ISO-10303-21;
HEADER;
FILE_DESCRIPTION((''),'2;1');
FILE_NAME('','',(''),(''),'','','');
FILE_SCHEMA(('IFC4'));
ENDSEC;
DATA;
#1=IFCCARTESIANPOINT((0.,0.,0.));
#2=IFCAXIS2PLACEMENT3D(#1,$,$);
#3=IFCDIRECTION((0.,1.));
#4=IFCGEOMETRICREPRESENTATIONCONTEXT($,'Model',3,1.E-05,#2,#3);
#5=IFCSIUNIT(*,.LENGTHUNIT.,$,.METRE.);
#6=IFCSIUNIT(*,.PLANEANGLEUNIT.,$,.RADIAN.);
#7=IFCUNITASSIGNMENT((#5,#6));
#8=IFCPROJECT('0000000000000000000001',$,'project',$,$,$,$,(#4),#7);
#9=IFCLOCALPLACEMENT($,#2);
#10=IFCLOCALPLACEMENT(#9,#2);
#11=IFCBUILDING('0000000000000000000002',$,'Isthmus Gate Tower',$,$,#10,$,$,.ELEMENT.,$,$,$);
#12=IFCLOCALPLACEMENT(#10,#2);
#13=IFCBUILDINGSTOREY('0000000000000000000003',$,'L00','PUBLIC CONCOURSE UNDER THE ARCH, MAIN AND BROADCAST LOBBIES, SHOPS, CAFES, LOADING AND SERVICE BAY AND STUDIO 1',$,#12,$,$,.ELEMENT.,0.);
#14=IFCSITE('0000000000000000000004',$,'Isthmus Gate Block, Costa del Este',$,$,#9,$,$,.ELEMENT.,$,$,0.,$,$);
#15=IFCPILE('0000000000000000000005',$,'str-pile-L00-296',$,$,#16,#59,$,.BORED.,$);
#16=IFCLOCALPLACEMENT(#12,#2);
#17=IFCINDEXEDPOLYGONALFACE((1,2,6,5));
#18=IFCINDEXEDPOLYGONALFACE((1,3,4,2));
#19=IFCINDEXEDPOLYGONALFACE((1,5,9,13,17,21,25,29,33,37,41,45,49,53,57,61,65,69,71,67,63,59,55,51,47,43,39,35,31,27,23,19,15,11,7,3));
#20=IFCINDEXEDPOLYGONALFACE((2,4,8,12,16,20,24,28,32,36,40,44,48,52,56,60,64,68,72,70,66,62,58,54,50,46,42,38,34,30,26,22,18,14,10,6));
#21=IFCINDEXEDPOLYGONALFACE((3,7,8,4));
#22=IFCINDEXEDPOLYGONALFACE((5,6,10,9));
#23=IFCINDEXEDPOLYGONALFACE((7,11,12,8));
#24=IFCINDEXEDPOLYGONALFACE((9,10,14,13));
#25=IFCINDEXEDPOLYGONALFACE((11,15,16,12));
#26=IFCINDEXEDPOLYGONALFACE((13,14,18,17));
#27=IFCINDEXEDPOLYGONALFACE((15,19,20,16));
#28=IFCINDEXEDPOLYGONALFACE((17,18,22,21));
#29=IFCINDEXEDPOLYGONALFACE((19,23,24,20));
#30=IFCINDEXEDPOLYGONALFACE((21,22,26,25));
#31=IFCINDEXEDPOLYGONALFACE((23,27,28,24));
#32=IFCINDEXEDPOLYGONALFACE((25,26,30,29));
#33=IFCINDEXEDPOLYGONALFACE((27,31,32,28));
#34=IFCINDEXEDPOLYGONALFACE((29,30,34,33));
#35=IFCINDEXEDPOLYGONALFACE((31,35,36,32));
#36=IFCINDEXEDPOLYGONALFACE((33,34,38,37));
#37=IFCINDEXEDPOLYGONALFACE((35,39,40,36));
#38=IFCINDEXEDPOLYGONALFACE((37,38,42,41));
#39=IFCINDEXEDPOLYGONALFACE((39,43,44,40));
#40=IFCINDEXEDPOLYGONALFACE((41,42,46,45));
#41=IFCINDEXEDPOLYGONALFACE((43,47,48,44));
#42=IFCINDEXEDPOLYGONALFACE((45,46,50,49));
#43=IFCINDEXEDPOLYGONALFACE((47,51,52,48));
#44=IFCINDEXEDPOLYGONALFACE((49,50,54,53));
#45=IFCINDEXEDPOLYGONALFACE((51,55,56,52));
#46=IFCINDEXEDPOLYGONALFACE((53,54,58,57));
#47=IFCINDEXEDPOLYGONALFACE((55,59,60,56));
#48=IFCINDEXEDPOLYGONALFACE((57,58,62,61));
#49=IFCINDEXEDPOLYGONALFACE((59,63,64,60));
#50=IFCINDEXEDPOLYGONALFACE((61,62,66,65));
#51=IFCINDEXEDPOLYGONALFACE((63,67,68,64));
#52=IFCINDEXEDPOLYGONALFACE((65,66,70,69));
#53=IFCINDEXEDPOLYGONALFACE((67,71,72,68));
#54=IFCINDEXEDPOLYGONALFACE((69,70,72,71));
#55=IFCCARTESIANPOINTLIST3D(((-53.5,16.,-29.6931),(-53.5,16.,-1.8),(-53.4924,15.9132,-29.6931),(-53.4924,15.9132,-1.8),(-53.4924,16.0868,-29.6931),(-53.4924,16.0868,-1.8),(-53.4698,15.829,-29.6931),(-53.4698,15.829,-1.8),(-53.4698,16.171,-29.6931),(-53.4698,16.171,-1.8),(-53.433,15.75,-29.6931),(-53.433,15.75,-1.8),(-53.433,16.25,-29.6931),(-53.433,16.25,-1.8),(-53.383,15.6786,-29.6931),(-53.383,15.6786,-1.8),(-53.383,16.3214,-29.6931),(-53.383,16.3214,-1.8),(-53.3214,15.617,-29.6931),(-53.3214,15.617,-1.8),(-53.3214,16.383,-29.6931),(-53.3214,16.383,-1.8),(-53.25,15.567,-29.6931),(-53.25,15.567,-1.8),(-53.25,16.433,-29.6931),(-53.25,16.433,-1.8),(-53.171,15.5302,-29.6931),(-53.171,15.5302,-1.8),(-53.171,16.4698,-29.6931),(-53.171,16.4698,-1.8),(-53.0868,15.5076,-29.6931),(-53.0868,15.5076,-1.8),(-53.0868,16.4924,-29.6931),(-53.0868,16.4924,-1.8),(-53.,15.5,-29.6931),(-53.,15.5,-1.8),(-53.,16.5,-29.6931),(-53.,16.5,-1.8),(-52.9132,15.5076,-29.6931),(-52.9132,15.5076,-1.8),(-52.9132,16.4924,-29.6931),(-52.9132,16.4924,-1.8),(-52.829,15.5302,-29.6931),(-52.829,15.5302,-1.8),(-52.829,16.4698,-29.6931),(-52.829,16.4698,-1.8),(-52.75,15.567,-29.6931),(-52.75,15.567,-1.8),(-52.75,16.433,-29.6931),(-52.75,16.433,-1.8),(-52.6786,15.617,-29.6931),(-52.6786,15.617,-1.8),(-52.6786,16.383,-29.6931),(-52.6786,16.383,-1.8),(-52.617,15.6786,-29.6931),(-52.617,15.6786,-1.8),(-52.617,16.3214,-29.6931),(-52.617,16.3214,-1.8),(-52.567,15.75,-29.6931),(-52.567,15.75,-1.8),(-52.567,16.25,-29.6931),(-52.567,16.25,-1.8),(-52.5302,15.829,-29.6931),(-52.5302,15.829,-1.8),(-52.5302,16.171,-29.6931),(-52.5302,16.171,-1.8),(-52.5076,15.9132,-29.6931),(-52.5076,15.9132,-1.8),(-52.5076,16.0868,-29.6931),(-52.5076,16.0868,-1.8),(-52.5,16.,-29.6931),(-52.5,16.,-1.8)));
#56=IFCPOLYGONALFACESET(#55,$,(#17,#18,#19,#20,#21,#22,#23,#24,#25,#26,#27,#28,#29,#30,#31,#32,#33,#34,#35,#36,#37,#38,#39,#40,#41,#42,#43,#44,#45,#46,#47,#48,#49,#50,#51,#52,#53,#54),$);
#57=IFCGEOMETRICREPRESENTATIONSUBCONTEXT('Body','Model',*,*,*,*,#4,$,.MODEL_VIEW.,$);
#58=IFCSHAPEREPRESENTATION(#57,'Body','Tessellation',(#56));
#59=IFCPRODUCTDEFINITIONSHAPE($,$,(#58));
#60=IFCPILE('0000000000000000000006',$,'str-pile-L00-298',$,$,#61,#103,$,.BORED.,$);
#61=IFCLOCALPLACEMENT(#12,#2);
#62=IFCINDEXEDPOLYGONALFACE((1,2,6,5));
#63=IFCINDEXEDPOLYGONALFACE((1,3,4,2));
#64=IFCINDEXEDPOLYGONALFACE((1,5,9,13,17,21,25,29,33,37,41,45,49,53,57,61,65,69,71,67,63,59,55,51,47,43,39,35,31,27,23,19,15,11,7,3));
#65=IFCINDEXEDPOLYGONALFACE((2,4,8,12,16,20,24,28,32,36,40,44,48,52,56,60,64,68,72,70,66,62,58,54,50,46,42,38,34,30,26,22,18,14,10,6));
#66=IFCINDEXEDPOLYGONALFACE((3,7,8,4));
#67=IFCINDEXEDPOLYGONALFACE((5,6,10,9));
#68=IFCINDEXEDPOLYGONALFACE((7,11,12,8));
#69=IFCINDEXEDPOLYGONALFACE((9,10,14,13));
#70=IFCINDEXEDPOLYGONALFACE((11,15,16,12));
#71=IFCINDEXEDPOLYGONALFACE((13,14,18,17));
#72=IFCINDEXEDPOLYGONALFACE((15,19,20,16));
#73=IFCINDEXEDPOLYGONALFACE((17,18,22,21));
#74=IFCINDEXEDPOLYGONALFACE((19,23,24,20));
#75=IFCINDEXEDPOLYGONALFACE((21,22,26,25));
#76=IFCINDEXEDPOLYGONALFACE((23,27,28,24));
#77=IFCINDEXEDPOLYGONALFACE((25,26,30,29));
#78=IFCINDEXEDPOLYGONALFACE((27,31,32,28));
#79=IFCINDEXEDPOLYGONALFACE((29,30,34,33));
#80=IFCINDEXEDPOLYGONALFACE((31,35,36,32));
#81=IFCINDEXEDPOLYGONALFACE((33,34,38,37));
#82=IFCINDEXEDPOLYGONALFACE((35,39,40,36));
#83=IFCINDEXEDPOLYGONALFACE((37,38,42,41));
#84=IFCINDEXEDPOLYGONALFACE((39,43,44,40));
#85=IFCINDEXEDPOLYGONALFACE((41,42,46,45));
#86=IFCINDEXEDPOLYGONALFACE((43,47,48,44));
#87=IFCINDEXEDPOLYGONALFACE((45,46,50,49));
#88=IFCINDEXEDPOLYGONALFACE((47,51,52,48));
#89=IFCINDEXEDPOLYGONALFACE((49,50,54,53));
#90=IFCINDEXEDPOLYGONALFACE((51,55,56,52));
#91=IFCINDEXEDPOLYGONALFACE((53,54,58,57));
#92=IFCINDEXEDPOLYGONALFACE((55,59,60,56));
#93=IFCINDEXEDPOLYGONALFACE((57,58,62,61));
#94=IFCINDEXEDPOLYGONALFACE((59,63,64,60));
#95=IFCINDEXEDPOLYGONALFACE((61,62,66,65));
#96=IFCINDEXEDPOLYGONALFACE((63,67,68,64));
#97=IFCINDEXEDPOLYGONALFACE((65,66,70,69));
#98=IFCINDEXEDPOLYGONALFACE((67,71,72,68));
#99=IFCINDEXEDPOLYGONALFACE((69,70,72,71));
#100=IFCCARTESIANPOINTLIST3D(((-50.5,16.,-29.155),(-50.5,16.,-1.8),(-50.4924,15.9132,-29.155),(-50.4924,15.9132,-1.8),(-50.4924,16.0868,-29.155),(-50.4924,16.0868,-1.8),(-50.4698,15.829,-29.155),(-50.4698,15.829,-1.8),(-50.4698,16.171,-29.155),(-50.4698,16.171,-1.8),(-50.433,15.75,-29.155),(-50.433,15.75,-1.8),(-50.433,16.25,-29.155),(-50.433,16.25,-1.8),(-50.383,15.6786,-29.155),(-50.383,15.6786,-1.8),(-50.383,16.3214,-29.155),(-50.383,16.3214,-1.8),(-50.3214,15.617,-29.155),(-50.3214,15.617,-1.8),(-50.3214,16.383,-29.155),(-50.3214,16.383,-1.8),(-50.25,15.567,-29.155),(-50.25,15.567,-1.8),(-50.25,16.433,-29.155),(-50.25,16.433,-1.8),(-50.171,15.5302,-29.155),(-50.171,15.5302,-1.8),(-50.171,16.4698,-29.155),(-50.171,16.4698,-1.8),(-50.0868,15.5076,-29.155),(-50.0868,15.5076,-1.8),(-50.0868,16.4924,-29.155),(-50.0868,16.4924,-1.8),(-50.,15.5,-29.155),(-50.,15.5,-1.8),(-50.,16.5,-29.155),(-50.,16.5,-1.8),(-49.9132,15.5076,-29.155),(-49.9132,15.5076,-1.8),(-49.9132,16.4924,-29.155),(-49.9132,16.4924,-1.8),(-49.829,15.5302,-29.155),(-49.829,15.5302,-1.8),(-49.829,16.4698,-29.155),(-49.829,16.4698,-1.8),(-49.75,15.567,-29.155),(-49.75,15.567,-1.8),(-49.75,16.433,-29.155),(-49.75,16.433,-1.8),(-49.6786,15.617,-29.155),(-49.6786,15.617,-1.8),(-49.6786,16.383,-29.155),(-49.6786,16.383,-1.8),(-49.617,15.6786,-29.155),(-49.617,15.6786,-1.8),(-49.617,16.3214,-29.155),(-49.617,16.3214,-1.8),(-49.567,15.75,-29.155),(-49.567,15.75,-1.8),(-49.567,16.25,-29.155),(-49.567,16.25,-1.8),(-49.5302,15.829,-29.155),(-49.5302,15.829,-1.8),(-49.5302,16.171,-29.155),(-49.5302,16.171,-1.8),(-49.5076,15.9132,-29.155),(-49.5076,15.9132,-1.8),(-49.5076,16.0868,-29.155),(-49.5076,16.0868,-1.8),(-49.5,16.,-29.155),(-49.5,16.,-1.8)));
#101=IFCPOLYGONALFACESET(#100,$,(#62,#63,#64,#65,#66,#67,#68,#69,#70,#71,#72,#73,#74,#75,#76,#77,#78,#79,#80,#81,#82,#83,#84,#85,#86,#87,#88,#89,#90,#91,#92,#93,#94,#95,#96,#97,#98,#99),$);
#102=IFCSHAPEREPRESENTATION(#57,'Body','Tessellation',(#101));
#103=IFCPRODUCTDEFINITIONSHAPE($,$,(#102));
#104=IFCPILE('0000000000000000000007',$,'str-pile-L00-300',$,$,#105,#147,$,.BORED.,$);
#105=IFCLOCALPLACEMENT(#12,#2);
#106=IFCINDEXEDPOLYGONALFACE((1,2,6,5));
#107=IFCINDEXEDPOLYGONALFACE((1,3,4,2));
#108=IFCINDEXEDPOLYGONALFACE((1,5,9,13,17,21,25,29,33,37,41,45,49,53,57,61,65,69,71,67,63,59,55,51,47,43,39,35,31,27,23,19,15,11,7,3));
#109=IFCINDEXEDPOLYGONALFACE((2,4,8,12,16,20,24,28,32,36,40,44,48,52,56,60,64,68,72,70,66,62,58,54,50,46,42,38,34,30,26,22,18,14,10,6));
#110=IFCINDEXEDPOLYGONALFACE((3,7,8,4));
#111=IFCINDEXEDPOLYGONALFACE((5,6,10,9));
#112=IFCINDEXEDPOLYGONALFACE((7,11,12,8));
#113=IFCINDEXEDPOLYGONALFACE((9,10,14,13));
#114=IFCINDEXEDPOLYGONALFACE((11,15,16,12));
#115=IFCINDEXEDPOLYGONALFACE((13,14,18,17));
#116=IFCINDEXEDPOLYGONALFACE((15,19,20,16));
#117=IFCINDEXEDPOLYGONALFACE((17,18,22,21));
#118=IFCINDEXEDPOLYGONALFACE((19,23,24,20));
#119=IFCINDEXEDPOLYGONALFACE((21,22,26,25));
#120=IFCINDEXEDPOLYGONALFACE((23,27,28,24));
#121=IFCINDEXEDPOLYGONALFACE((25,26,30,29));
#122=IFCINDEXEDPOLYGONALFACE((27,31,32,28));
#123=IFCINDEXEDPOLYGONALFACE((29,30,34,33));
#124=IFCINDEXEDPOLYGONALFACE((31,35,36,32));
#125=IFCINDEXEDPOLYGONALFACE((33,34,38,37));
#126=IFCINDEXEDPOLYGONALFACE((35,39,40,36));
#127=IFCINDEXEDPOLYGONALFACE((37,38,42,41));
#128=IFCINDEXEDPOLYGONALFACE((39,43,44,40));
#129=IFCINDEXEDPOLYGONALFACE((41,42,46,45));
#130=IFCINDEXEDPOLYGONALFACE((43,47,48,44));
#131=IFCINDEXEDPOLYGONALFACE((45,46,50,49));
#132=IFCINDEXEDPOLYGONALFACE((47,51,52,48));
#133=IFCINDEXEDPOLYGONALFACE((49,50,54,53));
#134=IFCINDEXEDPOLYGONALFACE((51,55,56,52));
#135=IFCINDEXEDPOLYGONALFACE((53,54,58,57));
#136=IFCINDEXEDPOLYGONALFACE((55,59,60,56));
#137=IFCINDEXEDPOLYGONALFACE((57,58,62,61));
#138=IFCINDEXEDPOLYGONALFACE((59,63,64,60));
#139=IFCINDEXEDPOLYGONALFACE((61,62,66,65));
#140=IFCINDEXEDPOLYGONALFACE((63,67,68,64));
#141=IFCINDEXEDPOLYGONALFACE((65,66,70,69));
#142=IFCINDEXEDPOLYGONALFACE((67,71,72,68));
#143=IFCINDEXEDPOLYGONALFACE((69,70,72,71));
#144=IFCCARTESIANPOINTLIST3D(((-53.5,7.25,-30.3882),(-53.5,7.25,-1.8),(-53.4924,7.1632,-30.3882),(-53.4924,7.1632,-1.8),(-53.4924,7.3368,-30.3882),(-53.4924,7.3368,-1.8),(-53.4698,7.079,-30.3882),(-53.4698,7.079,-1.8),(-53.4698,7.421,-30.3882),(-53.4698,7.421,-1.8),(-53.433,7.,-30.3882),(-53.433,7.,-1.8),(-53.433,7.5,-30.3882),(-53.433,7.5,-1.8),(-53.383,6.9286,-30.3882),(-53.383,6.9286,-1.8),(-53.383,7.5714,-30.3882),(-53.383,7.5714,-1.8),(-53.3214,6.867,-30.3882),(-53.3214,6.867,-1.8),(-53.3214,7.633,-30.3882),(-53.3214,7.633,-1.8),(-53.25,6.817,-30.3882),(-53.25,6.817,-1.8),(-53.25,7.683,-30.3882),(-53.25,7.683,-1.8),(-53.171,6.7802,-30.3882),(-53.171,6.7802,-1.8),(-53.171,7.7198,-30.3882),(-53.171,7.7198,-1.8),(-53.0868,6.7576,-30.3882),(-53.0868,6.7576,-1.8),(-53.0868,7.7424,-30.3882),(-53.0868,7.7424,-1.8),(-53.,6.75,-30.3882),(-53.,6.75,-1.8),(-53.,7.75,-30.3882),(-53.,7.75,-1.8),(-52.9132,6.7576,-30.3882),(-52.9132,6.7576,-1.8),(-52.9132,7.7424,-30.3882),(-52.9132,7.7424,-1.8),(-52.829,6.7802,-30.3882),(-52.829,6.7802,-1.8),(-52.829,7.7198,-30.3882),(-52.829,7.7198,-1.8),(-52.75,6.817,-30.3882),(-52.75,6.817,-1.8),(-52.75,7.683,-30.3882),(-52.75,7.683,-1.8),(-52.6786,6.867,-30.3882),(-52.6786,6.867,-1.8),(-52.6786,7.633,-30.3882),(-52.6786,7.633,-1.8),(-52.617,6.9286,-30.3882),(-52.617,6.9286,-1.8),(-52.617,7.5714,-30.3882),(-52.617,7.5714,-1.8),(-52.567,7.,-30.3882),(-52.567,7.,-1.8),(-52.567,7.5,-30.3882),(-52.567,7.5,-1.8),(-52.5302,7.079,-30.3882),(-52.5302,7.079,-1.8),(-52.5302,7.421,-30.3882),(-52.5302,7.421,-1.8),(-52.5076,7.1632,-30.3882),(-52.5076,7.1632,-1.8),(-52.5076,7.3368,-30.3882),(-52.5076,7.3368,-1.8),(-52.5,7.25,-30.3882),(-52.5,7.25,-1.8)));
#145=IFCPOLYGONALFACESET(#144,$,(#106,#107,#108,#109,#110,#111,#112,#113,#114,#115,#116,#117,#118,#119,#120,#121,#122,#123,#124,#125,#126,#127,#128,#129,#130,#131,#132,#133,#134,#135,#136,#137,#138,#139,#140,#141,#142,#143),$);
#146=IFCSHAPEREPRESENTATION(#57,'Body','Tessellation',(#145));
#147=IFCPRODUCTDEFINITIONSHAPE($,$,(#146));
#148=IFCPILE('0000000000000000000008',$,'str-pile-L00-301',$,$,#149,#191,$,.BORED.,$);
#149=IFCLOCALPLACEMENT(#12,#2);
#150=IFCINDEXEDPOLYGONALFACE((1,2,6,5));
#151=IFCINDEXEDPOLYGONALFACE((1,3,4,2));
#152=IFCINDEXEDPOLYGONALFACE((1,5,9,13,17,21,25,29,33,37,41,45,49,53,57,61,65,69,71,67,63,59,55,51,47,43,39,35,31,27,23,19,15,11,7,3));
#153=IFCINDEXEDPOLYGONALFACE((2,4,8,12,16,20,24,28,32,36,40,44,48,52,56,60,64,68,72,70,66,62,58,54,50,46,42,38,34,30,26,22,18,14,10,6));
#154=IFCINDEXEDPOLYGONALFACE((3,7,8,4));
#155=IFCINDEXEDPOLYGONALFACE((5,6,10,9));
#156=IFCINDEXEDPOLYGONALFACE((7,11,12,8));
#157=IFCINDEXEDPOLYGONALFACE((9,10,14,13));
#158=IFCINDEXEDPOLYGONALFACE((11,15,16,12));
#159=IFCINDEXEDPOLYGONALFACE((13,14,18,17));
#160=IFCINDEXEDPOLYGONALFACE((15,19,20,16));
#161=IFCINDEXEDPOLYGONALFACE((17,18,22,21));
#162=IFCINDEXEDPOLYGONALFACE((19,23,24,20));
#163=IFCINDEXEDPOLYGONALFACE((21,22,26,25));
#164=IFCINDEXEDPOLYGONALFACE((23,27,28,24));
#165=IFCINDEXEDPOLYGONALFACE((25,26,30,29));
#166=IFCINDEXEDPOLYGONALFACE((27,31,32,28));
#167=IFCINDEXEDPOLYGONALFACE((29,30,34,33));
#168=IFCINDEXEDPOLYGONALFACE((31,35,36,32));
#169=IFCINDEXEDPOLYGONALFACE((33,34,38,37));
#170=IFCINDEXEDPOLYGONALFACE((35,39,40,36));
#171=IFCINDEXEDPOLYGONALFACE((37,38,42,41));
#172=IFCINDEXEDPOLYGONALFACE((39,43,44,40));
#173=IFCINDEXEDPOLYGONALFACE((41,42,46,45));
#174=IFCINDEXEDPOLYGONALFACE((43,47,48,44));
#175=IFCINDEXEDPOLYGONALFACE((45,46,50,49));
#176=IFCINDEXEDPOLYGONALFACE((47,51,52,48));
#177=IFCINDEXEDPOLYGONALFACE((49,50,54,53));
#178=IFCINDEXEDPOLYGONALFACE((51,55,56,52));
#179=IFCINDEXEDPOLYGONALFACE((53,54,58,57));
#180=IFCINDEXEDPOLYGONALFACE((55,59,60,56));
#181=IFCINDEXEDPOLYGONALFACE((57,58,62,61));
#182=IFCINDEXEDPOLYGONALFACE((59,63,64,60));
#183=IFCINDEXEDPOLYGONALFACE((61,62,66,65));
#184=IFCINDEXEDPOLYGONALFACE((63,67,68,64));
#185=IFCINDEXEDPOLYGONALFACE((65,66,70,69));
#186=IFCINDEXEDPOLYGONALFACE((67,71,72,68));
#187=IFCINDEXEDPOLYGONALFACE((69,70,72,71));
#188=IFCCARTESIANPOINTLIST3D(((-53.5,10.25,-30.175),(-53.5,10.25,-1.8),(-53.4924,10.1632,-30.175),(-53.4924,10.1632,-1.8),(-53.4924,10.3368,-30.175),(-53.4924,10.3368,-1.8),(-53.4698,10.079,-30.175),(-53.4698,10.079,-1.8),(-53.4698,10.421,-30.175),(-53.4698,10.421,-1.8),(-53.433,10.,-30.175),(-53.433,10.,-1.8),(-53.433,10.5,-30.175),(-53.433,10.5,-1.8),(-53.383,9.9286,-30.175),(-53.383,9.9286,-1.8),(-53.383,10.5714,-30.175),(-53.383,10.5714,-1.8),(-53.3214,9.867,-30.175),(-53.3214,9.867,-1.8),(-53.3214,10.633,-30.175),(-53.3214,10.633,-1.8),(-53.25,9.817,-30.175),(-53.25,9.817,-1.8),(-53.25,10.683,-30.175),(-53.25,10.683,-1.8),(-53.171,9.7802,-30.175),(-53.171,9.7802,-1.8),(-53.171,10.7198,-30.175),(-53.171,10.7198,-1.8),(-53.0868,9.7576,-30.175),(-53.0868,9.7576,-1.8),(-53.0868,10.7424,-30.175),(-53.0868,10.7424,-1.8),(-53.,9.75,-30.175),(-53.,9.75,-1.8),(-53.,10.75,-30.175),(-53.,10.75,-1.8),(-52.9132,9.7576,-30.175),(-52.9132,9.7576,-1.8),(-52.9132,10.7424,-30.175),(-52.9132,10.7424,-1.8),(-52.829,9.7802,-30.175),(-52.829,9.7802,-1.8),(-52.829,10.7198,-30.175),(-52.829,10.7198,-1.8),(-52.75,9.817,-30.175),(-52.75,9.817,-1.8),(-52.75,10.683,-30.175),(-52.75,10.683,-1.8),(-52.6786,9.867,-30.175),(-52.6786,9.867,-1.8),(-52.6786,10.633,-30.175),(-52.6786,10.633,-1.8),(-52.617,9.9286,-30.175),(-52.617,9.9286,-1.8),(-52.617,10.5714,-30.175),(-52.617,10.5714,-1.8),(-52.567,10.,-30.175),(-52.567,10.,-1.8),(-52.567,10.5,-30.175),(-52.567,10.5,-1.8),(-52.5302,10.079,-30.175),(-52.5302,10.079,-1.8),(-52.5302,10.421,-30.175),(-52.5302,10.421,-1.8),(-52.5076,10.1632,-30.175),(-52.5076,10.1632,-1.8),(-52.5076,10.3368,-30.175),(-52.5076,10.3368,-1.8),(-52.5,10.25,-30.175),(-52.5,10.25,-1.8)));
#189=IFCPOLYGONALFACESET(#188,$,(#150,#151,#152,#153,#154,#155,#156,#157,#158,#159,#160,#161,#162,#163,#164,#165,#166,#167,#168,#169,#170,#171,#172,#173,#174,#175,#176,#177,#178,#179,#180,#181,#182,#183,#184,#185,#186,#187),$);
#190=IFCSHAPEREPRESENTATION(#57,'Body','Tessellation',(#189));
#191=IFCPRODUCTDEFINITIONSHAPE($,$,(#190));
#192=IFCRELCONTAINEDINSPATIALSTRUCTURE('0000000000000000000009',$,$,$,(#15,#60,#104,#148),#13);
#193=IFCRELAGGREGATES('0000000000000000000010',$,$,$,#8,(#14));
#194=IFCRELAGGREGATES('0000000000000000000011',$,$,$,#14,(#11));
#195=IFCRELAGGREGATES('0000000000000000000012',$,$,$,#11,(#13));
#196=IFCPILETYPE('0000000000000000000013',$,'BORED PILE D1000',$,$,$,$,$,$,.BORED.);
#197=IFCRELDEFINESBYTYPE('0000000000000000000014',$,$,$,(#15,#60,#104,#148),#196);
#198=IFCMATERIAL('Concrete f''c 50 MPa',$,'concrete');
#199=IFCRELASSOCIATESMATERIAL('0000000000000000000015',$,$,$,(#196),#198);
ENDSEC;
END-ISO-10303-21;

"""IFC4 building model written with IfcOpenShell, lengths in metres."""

from ifc_helpers import new_model, si_unit, direction, frame, origin, origin_2d, place, context, subcontext, project, spatial, circle, extrude, material, material_profile, profile_set, type_object, element, save


model = new_model("IFC4")

# Units and contexts
model_context = context("Model", 3, precision=1e-05, world=origin(), true_north=direction((0.0, 1.0)))
body_context = subcontext(model_context, "Body", "Model", "MODEL_VIEW")
ifc_project = project(units=[si_unit("LENGTHUNIT", "METRE"), si_unit("PLANEANGLEUNIT", "RADIAN")], contexts=[model_context])

# Site, building, storey
site_placement = place(None, origin())
site = spatial("IfcSite", under=ifc_project, at=site_placement, Name="Isthmus Gate Block, Costa del Este", CompositionType="ELEMENT", RefElevation=0.0)
building_placement = place(site_placement, origin())
building = spatial("IfcBuilding", under=site, at=building_placement, Name="Isthmus Gate Tower", CompositionType="ELEMENT")
storey_placement = place(building_placement, origin())
storey = spatial("IfcBuildingStorey", under=building, at=storey_placement, Name="L00", Description="PUBLIC CONCOURSE UNDER THE ARCH, MAIN AND BROADCAST LOBBIES, SHOPS, CAFES, LOADING AND SERVICE BAY AND STUDIO 1", CompositionType="ELEMENT", Elevation=0.0)

# Piles
ifc_material_1 = material(Name="Concrete f'c 50 MPa", Category="concrete")
ifc_material_profile_1 = material_profile(ifc_material_1, circle(Radius=0.5, at=origin_2d()), Name="D1000")
ifc_profile_set_1 = profile_set([ifc_material_profile_1], Name="Concrete f'c 50 MPa")
pile_type = type_object("IfcPileType", Name="BORED PILE D1000", PredefinedType="BORED", material=ifc_profile_set_1)
pile_1_placement = place(storey_placement, frame((-53.0, 16.0, -1.8), z_axis=(0.0, 0.0, -1.0), x_axis=(1.0, 0.0, 0.0)))
element("IfcPile", 1, at=pile_1_placement, inside=storey, type_object=pile_type, Name="str-pile-L00-296", PredefinedType="BORED", context=body_context, shape_type="SweptSolid", body=[
    extrude(circle(Radius=0.5, at=origin_2d()), origin(), (0.0, 0.0, 1.0), 27.8931),
])
pile_2_placement = place(storey_placement, frame((-50.0, 16.0, -1.8), z_axis=(0.0, 0.0, -1.0), x_axis=(1.0, 0.0, 0.0)))
element("IfcPile", 2, at=pile_2_placement, inside=storey, type_object=pile_type, Name="str-pile-L00-298", PredefinedType="BORED", context=body_context, shape_type="SweptSolid", body=[
    extrude(circle(Radius=0.5, at=origin_2d()), origin(), (0.0, 0.0, 1.0), 27.355),
])
pile_3_placement = place(storey_placement, frame((-53.0, 7.25, -1.8), z_axis=(0.0, 0.0, -1.0), x_axis=(1.0, 0.0, 0.0)))
element("IfcPile", 3, at=pile_3_placement, inside=storey, type_object=pile_type, Name="str-pile-L00-300", PredefinedType="BORED", context=body_context, shape_type="SweptSolid", body=[
    extrude(circle(Radius=0.5, at=origin_2d()), origin(), (0.0, 0.0, 1.0), 28.5881),
])
pile_4_placement = place(storey_placement, frame((-53.0, 10.25, -1.8), z_axis=(0.0, 0.0, -1.0), x_axis=(1.0, 0.0, 0.0)))
element("IfcPile", 4, at=pile_4_placement, inside=storey, type_object=pile_type, Name="str-pile-L00-301", PredefinedType="BORED", context=body_context, shape_type="SweptSolid", body=[
    extrude(circle(Radius=0.5, at=origin_2d()), origin(), (0.0, 0.0, 1.0), 28.375),
])

save(model, "model.ifc")
